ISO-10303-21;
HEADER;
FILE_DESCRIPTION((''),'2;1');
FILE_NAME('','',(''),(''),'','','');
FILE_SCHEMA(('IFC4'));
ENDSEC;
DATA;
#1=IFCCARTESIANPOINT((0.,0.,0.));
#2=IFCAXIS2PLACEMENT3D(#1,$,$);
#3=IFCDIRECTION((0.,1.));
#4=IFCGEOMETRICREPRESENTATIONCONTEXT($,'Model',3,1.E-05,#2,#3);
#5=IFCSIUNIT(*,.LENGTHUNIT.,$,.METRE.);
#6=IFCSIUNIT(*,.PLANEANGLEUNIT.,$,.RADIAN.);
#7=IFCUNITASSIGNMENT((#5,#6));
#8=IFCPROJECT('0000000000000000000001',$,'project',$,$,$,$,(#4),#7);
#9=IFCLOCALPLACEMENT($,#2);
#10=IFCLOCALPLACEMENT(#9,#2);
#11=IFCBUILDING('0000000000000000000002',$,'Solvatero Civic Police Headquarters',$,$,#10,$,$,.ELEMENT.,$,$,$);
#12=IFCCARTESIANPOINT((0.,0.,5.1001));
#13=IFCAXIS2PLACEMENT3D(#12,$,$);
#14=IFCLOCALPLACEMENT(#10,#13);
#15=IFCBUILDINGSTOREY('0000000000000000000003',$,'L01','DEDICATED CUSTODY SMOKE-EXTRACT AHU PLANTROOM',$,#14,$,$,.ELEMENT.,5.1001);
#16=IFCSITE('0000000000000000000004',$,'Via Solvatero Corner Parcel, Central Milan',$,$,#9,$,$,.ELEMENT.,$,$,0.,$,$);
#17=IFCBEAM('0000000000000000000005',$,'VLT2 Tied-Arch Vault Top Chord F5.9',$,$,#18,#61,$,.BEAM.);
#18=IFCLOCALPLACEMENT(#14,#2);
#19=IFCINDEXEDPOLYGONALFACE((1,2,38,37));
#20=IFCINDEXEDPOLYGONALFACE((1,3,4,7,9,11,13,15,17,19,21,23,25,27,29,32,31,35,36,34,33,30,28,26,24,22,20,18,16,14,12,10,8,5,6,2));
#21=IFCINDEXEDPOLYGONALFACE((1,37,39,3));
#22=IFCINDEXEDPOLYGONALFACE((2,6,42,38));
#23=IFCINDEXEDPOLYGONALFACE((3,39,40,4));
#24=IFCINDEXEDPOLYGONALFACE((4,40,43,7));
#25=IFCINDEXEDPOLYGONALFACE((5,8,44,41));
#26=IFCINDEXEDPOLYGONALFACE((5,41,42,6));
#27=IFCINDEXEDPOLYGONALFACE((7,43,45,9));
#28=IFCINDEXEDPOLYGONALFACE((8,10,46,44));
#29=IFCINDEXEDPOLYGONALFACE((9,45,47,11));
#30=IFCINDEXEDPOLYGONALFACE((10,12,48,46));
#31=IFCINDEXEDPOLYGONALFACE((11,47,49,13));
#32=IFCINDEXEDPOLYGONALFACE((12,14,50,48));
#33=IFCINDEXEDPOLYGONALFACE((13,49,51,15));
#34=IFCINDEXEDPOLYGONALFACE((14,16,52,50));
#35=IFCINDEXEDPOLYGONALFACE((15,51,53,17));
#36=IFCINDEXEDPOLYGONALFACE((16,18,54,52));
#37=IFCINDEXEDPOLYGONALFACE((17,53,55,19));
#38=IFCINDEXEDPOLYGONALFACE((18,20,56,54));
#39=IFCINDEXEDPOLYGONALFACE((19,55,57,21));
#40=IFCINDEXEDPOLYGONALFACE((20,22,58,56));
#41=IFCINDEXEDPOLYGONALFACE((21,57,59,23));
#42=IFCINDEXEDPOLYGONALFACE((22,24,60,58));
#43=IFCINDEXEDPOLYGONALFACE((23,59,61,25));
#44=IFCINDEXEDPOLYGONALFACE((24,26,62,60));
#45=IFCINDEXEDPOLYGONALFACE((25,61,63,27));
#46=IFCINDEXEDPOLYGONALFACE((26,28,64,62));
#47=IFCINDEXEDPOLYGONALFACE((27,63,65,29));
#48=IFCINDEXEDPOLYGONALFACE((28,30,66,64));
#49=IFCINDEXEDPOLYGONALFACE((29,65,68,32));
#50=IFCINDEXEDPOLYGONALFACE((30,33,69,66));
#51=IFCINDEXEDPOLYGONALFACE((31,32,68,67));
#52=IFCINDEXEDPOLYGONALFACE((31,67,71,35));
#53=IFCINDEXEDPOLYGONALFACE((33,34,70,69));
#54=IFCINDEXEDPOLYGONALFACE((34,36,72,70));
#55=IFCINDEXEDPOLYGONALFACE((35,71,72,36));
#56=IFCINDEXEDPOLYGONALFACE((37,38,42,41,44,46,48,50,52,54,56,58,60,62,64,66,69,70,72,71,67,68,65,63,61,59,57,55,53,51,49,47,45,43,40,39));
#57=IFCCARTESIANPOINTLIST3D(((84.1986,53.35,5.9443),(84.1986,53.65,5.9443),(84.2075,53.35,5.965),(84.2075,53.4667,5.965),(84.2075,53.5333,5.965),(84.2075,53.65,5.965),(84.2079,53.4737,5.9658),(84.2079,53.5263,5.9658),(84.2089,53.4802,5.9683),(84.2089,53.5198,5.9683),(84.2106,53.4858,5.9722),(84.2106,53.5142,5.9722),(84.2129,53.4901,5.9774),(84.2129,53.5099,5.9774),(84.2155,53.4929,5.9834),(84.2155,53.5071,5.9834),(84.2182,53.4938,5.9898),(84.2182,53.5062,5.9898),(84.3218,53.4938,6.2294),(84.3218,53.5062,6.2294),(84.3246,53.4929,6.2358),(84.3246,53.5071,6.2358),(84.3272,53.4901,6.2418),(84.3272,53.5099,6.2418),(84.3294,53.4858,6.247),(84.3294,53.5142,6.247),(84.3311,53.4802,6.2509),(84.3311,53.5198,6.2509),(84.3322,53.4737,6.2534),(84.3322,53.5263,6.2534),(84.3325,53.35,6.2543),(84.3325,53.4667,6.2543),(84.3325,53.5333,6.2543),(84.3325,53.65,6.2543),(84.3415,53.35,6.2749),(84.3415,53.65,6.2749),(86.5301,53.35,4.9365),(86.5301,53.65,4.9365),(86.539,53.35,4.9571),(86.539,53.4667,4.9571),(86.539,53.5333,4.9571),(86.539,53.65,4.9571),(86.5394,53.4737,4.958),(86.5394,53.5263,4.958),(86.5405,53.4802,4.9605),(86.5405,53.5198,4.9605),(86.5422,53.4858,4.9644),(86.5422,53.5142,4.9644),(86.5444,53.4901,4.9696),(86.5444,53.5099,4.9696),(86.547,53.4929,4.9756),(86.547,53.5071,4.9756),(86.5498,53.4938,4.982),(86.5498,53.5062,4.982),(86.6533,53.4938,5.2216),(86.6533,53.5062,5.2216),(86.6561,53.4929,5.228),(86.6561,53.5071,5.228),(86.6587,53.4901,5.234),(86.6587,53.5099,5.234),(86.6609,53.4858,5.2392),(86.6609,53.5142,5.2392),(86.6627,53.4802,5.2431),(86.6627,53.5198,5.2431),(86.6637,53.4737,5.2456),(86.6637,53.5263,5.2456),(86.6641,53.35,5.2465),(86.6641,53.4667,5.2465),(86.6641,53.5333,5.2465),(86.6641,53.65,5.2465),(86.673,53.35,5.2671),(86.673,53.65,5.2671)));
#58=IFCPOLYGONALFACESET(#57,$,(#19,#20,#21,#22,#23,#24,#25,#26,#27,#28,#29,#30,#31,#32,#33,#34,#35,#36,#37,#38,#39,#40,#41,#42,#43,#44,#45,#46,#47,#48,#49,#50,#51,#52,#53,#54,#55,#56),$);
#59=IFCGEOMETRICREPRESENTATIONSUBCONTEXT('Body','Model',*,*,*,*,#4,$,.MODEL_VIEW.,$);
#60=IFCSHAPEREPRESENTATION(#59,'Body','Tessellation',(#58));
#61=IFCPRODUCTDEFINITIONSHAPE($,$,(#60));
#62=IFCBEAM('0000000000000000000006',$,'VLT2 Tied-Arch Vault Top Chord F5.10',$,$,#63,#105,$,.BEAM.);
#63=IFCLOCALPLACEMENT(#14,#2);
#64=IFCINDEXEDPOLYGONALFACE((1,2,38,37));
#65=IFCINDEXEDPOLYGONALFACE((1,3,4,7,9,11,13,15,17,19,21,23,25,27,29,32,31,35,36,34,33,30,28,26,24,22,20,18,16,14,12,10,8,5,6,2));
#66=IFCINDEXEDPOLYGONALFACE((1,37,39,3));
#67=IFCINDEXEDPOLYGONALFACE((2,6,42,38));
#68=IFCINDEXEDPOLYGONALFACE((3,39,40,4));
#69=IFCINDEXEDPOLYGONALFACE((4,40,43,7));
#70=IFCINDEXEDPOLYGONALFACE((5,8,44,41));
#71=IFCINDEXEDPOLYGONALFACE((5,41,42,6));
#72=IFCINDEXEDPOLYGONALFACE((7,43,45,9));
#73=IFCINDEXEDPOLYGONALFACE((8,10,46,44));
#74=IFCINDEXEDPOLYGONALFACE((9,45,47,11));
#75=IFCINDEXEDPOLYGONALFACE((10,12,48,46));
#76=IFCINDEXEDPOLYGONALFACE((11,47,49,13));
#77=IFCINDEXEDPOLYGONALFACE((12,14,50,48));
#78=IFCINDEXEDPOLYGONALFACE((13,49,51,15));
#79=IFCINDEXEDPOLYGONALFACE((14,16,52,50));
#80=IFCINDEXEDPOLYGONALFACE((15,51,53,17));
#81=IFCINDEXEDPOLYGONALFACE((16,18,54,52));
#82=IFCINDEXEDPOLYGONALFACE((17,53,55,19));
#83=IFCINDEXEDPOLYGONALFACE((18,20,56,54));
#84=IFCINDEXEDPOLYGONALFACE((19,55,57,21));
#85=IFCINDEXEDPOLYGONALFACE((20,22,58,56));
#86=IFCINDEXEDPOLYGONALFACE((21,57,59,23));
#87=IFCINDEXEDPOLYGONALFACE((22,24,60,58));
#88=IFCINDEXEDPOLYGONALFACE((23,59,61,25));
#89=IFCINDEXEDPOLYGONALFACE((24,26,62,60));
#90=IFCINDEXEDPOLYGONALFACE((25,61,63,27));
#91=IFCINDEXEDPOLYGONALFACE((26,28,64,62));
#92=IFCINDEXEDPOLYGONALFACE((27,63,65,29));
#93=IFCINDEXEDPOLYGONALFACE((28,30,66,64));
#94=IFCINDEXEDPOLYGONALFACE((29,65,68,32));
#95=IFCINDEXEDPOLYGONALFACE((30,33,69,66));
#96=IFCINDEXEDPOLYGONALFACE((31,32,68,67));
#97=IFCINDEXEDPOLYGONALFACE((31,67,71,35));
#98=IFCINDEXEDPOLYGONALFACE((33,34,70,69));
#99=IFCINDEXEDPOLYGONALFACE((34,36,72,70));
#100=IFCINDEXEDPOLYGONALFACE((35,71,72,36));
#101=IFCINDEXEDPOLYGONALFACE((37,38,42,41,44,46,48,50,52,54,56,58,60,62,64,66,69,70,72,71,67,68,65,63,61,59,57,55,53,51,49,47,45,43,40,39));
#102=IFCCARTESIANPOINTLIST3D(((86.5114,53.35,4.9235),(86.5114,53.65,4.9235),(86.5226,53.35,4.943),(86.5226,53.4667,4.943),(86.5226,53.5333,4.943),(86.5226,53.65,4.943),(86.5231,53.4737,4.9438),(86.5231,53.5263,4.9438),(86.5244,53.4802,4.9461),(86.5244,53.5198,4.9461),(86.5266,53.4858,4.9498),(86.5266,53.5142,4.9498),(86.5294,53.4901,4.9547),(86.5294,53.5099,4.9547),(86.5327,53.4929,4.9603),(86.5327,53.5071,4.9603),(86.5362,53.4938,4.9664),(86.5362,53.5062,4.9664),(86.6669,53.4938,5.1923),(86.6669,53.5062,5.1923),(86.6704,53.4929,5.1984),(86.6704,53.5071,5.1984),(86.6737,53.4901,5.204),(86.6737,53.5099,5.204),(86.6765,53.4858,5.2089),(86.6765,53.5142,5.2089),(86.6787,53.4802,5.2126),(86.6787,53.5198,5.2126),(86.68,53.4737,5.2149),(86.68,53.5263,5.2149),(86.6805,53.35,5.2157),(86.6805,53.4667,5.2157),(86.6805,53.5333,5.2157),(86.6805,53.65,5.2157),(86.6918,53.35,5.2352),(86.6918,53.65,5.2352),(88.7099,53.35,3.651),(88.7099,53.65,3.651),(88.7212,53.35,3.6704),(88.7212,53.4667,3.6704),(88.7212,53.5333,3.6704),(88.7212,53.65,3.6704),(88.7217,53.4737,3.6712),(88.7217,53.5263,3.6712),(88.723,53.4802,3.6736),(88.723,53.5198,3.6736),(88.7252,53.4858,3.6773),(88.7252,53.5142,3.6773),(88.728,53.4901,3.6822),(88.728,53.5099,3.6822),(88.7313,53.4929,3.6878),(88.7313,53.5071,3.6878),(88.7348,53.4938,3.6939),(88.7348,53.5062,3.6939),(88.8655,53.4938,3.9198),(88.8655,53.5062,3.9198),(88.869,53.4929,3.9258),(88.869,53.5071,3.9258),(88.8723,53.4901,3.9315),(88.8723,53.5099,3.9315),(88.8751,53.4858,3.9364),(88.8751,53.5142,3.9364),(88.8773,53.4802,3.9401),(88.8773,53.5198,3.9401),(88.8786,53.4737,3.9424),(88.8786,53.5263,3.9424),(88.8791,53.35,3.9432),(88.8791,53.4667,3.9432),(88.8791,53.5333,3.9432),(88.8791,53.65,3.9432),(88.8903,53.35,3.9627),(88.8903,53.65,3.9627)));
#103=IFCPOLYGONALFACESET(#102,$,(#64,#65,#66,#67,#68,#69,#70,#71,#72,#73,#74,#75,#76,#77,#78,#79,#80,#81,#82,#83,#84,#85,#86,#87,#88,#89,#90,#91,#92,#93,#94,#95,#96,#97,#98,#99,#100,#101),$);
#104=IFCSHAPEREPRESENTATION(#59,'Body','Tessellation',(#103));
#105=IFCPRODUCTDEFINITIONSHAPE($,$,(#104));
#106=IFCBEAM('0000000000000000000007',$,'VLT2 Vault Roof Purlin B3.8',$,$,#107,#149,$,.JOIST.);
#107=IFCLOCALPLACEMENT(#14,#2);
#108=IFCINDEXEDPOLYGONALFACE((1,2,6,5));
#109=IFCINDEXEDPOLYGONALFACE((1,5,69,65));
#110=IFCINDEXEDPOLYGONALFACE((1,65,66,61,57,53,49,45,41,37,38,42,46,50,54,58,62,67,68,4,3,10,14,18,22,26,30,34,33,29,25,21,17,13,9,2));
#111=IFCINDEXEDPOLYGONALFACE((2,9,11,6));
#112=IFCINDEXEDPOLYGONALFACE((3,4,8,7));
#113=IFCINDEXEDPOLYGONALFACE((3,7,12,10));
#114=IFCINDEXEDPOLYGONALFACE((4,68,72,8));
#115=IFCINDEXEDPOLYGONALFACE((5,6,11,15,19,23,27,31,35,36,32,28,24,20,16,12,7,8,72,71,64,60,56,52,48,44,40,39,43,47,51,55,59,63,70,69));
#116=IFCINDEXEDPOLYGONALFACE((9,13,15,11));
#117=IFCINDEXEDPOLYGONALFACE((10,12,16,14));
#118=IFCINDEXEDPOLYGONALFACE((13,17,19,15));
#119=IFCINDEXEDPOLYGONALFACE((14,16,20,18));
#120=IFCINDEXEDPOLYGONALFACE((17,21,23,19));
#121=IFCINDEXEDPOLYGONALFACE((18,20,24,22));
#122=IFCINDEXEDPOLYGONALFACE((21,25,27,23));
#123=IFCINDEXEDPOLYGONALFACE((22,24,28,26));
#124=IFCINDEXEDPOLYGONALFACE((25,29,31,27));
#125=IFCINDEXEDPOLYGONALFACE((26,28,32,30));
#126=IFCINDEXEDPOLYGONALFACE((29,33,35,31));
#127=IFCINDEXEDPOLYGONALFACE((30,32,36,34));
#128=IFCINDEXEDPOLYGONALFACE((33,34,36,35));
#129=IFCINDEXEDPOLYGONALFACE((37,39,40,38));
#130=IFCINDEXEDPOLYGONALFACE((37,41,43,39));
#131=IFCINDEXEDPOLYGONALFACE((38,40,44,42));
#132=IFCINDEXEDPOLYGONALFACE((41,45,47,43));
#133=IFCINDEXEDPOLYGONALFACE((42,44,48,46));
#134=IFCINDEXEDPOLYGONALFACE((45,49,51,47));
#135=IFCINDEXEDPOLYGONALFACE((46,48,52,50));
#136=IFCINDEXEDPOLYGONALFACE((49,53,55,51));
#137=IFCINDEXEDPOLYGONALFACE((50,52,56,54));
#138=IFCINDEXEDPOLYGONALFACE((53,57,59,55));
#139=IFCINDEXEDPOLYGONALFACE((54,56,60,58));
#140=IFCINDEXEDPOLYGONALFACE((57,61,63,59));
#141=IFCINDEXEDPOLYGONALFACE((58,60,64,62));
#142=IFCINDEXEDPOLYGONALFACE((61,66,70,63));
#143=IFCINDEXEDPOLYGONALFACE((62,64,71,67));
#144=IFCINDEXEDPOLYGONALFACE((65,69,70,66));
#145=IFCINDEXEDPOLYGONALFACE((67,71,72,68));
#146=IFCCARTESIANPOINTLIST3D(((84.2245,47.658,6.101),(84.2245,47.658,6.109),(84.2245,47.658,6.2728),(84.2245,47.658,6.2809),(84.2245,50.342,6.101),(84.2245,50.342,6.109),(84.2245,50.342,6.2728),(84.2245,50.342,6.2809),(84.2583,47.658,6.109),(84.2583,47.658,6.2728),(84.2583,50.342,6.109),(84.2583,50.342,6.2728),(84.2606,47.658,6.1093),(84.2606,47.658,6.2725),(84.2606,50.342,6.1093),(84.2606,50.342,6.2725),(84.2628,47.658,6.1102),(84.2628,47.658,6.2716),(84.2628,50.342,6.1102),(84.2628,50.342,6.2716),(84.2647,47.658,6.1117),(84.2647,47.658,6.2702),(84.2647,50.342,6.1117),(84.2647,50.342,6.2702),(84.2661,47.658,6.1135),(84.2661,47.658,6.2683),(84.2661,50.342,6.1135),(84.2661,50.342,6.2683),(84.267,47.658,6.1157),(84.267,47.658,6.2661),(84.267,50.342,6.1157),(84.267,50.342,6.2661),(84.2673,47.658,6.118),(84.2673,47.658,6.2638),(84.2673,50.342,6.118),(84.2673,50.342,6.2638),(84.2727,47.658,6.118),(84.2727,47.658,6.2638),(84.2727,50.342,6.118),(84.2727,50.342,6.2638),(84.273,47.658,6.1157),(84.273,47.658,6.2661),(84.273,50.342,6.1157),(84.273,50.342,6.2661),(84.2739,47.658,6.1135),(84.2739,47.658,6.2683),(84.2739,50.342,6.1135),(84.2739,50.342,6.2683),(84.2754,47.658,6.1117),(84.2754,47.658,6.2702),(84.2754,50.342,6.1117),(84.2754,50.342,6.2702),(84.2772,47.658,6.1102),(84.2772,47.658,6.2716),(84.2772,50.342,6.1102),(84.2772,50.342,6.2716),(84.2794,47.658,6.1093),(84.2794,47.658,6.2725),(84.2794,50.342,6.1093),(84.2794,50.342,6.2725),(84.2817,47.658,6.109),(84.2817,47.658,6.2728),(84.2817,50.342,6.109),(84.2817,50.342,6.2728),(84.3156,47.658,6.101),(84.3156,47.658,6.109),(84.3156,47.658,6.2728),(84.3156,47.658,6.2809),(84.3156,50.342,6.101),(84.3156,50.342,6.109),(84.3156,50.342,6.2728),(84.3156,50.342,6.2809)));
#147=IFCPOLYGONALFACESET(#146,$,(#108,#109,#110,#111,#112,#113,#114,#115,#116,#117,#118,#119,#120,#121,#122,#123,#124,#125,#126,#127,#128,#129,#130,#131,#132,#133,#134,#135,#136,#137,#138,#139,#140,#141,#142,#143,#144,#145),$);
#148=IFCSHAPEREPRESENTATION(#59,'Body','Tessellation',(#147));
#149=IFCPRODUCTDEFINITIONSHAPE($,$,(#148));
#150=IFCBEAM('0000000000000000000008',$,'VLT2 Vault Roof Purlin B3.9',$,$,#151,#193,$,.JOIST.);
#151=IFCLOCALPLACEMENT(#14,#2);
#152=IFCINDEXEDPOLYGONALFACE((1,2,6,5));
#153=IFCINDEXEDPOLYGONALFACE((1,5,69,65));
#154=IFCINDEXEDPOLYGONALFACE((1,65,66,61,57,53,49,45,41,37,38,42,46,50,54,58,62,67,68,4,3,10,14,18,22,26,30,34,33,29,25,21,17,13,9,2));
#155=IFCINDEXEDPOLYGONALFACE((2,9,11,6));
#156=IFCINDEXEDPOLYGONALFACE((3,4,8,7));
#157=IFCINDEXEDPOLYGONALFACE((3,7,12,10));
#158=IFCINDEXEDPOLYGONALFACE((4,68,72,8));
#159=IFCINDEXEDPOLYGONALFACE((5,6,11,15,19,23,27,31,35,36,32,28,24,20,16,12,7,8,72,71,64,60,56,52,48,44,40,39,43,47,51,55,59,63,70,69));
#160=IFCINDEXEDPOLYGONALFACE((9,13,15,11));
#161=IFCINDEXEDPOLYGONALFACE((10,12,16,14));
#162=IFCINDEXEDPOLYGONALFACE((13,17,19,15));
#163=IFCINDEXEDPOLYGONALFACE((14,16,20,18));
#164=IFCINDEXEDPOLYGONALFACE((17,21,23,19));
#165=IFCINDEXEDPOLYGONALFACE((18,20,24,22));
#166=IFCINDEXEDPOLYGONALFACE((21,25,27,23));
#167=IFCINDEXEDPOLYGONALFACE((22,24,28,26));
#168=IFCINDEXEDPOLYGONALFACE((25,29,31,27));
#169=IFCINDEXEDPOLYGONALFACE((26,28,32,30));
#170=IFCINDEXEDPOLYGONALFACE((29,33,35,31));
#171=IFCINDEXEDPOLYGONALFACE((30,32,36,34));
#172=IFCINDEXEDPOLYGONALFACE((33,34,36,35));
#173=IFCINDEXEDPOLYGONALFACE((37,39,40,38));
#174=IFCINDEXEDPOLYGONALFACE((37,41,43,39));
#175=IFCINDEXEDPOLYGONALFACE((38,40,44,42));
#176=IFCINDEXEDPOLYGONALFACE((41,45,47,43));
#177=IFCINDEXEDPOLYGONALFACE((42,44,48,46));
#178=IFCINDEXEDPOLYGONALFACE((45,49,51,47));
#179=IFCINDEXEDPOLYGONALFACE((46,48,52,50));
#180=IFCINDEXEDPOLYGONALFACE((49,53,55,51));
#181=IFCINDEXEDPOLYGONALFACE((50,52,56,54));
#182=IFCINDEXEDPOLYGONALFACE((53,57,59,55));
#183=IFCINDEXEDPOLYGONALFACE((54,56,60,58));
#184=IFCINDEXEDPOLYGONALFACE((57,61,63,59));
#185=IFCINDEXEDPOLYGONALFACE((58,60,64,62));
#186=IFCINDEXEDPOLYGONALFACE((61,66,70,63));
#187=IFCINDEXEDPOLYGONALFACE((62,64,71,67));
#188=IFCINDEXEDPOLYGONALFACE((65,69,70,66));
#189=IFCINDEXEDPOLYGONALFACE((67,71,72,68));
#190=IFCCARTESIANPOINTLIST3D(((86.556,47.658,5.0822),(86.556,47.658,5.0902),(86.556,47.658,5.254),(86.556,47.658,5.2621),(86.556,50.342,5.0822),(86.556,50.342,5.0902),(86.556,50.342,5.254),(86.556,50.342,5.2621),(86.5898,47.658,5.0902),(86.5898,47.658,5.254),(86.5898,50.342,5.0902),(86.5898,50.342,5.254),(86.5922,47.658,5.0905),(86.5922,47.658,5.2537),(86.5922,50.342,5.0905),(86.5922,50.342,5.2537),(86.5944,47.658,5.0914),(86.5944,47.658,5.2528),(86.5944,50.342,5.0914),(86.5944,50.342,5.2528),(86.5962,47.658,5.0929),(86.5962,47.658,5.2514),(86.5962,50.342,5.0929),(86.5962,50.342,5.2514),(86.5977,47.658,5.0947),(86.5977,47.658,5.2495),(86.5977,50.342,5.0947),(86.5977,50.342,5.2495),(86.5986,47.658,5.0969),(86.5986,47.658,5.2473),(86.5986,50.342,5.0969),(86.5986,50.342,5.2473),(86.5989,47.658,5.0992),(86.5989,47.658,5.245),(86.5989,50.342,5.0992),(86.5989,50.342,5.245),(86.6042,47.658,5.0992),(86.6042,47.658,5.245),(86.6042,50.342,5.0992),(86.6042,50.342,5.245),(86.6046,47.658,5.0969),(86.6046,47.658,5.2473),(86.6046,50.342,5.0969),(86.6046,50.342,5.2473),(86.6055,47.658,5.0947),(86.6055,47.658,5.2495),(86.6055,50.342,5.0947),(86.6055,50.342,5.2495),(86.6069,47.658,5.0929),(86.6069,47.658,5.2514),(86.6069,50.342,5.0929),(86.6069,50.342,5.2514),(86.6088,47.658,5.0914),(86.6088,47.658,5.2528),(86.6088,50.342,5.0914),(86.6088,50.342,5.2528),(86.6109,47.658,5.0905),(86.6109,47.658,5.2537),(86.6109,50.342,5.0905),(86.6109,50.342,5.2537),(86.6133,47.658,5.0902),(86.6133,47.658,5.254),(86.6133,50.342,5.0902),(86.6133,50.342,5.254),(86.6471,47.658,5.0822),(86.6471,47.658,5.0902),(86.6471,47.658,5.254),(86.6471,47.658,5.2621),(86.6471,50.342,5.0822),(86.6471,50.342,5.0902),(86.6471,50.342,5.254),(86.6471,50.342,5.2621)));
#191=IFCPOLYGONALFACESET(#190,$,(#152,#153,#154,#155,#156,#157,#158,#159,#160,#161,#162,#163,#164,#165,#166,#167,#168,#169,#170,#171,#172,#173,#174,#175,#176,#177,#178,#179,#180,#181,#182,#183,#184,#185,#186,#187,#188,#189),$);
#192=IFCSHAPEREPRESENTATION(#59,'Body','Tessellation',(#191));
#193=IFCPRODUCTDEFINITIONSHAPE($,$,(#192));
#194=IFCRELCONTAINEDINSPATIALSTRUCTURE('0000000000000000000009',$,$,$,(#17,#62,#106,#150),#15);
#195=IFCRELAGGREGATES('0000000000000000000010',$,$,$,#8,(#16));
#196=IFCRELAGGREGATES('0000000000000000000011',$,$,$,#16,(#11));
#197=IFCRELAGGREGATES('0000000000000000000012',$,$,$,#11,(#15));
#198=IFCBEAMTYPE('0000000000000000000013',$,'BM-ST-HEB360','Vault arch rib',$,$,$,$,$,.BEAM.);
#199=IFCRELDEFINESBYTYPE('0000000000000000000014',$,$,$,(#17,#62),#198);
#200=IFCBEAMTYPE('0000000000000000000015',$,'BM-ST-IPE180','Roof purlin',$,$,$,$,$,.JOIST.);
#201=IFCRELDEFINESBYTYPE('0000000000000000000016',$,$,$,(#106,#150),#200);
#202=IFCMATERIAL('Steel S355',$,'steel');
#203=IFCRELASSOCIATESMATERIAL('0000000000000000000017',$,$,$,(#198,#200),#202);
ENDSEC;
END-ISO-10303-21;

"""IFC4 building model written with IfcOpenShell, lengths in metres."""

from ifc_helpers import new_model, si_unit, direction, frame, origin, origin_2d, place, context, subcontext, project, spatial, i_section, extrude, material, material_profile, profile_set, type_object, element, save


model = new_model("IFC4")

# Units and contexts
model_context = context("Model", 3, precision=1e-05, world=origin(), true_north=direction((0.0, 1.0)))
body_context = subcontext(model_context, "Body", "Model", "MODEL_VIEW")
ifc_project = project(units=[si_unit("LENGTHUNIT", "METRE"), si_unit("PLANEANGLEUNIT", "RADIAN")], contexts=[model_context])

# Site, building, storey
site_placement = place(None, origin())
site = spatial("IfcSite", under=ifc_project, at=site_placement, Name="Via Solvatero Corner Parcel, Central Milan", CompositionType="ELEMENT", RefElevation=0.0)
building_placement = place(site_placement, origin())
building = spatial("IfcBuilding", under=site, at=building_placement, Name="Solvatero Civic Police Headquarters", CompositionType="ELEMENT")
storey_placement = place(building_placement, frame((0.0, 0.0, 5.1001)))
storey = spatial("IfcBuildingStorey", under=building, at=storey_placement, Name="L01", Description="DEDICATED CUSTODY SMOKE-EXTRACT AHU PLANTROOM", CompositionType="ELEMENT", Elevation=5.1001)

# Beams
ifc_material = material(Name="Steel S355", Category="steel")
ifc_material_profile_1 = material_profile(ifc_material, i_section(OverallWidth=0.3, OverallDepth=0.3601, WebThickness=0.0125, FlangeThickness=0.0225, FilletRadius=0.0271, at=origin_2d()), Name="HEB 360")
ifc_profile_set_1 = profile_set([ifc_material_profile_1], Name="Steel S355")
beam_type_1 = type_object("IfcBeamType", Name="BM-ST-HEB360", Description="Vault arch rib", PredefinedType="BEAM", material=ifc_profile_set_1)
beam_1_placement = place(storey_placement, frame((84.27, 53.5, 6.1096), z_axis=(0.917918, 0.0, -0.396771), x_axis=(0.0, 1.0, 0.0)))
element("IfcBeam", 1, at=beam_1_placement, inside=storey, type_object=beam_type_1, Name="VLT2 Tied-Arch Vault Top Chord F5.9", PredefinedType="BEAM", context=body_context, shape_type="SweptSolid", body=[
    extrude(i_section(OverallWidth=0.3, OverallDepth=0.3601, WebThickness=0.0125, FlangeThickness=0.0225, FilletRadius=0.0271, at=origin_2d()), origin(), (0.0, 0.0, 1.0), 2.54),
])
beam_2_placement = place(storey_placement, frame((86.6016, 53.5, 5.0793), z_axis=(0.865486, 0.0, -0.500934), x_axis=(0.0, 1.0, 0.0)))
element("IfcBeam", 2, at=beam_2_placement, inside=storey, type_object=beam_type_1, Name="VLT2 Tied-Arch Vault Top Chord F5.10", PredefinedType="BEAM", context=body_context, shape_type="SweptSolid", body=[
    extrude(i_section(OverallWidth=0.3, OverallDepth=0.3601, WebThickness=0.0125, FlangeThickness=0.0225, FilletRadius=0.0271, at=origin_2d()), origin(), (0.0, 0.0, 1.0), 2.5403),
])
ifc_material_profile_2 = material_profile(ifc_material, i_section(OverallWidth=0.0911, OverallDepth=0.1799, WebThickness=0.0054, FlangeThickness=0.0081, FilletRadius=0.009, at=origin_2d()), Name="IPE 180")
ifc_profile_set_2 = profile_set([ifc_material_profile_2], Name="Steel S355")
beam_type_2 = type_object("IfcBeamType", Name="BM-ST-IPE180", Description="Roof purlin", PredefinedType="JOIST", material=ifc_profile_set_2)
for number, where, z_axis, x_axis, name in (
    (3, (84.27, 47.658, 6.1909), (0.0, 1.0, 0.0), (-1.0, 0.0, 0.0), "VLT2 Vault Roof Purlin B3.8"),
    (4, (86.6016, 47.658, 5.1721), (0.0, 1.0, 0.0), (-1.0, 0.0, 0.0), "VLT2 Vault Roof Purlin B3.9"),
):
    element("IfcBeam", number, at=place(storey_placement, frame(where, z_axis=z_axis, x_axis=x_axis)), inside=storey, type_object=beam_type_2, Name=name, PredefinedType="JOIST", context=body_context, shape_type="SweptSolid", body=[
        extrude(i_section(OverallWidth=0.0911, OverallDepth=0.1799, WebThickness=0.0054, FlangeThickness=0.0081, FilletRadius=0.009, at=origin_2d()), origin(), (0.0, 0.0, 1.0), 2.6841),
    ])

save(model, "model.ifc")
